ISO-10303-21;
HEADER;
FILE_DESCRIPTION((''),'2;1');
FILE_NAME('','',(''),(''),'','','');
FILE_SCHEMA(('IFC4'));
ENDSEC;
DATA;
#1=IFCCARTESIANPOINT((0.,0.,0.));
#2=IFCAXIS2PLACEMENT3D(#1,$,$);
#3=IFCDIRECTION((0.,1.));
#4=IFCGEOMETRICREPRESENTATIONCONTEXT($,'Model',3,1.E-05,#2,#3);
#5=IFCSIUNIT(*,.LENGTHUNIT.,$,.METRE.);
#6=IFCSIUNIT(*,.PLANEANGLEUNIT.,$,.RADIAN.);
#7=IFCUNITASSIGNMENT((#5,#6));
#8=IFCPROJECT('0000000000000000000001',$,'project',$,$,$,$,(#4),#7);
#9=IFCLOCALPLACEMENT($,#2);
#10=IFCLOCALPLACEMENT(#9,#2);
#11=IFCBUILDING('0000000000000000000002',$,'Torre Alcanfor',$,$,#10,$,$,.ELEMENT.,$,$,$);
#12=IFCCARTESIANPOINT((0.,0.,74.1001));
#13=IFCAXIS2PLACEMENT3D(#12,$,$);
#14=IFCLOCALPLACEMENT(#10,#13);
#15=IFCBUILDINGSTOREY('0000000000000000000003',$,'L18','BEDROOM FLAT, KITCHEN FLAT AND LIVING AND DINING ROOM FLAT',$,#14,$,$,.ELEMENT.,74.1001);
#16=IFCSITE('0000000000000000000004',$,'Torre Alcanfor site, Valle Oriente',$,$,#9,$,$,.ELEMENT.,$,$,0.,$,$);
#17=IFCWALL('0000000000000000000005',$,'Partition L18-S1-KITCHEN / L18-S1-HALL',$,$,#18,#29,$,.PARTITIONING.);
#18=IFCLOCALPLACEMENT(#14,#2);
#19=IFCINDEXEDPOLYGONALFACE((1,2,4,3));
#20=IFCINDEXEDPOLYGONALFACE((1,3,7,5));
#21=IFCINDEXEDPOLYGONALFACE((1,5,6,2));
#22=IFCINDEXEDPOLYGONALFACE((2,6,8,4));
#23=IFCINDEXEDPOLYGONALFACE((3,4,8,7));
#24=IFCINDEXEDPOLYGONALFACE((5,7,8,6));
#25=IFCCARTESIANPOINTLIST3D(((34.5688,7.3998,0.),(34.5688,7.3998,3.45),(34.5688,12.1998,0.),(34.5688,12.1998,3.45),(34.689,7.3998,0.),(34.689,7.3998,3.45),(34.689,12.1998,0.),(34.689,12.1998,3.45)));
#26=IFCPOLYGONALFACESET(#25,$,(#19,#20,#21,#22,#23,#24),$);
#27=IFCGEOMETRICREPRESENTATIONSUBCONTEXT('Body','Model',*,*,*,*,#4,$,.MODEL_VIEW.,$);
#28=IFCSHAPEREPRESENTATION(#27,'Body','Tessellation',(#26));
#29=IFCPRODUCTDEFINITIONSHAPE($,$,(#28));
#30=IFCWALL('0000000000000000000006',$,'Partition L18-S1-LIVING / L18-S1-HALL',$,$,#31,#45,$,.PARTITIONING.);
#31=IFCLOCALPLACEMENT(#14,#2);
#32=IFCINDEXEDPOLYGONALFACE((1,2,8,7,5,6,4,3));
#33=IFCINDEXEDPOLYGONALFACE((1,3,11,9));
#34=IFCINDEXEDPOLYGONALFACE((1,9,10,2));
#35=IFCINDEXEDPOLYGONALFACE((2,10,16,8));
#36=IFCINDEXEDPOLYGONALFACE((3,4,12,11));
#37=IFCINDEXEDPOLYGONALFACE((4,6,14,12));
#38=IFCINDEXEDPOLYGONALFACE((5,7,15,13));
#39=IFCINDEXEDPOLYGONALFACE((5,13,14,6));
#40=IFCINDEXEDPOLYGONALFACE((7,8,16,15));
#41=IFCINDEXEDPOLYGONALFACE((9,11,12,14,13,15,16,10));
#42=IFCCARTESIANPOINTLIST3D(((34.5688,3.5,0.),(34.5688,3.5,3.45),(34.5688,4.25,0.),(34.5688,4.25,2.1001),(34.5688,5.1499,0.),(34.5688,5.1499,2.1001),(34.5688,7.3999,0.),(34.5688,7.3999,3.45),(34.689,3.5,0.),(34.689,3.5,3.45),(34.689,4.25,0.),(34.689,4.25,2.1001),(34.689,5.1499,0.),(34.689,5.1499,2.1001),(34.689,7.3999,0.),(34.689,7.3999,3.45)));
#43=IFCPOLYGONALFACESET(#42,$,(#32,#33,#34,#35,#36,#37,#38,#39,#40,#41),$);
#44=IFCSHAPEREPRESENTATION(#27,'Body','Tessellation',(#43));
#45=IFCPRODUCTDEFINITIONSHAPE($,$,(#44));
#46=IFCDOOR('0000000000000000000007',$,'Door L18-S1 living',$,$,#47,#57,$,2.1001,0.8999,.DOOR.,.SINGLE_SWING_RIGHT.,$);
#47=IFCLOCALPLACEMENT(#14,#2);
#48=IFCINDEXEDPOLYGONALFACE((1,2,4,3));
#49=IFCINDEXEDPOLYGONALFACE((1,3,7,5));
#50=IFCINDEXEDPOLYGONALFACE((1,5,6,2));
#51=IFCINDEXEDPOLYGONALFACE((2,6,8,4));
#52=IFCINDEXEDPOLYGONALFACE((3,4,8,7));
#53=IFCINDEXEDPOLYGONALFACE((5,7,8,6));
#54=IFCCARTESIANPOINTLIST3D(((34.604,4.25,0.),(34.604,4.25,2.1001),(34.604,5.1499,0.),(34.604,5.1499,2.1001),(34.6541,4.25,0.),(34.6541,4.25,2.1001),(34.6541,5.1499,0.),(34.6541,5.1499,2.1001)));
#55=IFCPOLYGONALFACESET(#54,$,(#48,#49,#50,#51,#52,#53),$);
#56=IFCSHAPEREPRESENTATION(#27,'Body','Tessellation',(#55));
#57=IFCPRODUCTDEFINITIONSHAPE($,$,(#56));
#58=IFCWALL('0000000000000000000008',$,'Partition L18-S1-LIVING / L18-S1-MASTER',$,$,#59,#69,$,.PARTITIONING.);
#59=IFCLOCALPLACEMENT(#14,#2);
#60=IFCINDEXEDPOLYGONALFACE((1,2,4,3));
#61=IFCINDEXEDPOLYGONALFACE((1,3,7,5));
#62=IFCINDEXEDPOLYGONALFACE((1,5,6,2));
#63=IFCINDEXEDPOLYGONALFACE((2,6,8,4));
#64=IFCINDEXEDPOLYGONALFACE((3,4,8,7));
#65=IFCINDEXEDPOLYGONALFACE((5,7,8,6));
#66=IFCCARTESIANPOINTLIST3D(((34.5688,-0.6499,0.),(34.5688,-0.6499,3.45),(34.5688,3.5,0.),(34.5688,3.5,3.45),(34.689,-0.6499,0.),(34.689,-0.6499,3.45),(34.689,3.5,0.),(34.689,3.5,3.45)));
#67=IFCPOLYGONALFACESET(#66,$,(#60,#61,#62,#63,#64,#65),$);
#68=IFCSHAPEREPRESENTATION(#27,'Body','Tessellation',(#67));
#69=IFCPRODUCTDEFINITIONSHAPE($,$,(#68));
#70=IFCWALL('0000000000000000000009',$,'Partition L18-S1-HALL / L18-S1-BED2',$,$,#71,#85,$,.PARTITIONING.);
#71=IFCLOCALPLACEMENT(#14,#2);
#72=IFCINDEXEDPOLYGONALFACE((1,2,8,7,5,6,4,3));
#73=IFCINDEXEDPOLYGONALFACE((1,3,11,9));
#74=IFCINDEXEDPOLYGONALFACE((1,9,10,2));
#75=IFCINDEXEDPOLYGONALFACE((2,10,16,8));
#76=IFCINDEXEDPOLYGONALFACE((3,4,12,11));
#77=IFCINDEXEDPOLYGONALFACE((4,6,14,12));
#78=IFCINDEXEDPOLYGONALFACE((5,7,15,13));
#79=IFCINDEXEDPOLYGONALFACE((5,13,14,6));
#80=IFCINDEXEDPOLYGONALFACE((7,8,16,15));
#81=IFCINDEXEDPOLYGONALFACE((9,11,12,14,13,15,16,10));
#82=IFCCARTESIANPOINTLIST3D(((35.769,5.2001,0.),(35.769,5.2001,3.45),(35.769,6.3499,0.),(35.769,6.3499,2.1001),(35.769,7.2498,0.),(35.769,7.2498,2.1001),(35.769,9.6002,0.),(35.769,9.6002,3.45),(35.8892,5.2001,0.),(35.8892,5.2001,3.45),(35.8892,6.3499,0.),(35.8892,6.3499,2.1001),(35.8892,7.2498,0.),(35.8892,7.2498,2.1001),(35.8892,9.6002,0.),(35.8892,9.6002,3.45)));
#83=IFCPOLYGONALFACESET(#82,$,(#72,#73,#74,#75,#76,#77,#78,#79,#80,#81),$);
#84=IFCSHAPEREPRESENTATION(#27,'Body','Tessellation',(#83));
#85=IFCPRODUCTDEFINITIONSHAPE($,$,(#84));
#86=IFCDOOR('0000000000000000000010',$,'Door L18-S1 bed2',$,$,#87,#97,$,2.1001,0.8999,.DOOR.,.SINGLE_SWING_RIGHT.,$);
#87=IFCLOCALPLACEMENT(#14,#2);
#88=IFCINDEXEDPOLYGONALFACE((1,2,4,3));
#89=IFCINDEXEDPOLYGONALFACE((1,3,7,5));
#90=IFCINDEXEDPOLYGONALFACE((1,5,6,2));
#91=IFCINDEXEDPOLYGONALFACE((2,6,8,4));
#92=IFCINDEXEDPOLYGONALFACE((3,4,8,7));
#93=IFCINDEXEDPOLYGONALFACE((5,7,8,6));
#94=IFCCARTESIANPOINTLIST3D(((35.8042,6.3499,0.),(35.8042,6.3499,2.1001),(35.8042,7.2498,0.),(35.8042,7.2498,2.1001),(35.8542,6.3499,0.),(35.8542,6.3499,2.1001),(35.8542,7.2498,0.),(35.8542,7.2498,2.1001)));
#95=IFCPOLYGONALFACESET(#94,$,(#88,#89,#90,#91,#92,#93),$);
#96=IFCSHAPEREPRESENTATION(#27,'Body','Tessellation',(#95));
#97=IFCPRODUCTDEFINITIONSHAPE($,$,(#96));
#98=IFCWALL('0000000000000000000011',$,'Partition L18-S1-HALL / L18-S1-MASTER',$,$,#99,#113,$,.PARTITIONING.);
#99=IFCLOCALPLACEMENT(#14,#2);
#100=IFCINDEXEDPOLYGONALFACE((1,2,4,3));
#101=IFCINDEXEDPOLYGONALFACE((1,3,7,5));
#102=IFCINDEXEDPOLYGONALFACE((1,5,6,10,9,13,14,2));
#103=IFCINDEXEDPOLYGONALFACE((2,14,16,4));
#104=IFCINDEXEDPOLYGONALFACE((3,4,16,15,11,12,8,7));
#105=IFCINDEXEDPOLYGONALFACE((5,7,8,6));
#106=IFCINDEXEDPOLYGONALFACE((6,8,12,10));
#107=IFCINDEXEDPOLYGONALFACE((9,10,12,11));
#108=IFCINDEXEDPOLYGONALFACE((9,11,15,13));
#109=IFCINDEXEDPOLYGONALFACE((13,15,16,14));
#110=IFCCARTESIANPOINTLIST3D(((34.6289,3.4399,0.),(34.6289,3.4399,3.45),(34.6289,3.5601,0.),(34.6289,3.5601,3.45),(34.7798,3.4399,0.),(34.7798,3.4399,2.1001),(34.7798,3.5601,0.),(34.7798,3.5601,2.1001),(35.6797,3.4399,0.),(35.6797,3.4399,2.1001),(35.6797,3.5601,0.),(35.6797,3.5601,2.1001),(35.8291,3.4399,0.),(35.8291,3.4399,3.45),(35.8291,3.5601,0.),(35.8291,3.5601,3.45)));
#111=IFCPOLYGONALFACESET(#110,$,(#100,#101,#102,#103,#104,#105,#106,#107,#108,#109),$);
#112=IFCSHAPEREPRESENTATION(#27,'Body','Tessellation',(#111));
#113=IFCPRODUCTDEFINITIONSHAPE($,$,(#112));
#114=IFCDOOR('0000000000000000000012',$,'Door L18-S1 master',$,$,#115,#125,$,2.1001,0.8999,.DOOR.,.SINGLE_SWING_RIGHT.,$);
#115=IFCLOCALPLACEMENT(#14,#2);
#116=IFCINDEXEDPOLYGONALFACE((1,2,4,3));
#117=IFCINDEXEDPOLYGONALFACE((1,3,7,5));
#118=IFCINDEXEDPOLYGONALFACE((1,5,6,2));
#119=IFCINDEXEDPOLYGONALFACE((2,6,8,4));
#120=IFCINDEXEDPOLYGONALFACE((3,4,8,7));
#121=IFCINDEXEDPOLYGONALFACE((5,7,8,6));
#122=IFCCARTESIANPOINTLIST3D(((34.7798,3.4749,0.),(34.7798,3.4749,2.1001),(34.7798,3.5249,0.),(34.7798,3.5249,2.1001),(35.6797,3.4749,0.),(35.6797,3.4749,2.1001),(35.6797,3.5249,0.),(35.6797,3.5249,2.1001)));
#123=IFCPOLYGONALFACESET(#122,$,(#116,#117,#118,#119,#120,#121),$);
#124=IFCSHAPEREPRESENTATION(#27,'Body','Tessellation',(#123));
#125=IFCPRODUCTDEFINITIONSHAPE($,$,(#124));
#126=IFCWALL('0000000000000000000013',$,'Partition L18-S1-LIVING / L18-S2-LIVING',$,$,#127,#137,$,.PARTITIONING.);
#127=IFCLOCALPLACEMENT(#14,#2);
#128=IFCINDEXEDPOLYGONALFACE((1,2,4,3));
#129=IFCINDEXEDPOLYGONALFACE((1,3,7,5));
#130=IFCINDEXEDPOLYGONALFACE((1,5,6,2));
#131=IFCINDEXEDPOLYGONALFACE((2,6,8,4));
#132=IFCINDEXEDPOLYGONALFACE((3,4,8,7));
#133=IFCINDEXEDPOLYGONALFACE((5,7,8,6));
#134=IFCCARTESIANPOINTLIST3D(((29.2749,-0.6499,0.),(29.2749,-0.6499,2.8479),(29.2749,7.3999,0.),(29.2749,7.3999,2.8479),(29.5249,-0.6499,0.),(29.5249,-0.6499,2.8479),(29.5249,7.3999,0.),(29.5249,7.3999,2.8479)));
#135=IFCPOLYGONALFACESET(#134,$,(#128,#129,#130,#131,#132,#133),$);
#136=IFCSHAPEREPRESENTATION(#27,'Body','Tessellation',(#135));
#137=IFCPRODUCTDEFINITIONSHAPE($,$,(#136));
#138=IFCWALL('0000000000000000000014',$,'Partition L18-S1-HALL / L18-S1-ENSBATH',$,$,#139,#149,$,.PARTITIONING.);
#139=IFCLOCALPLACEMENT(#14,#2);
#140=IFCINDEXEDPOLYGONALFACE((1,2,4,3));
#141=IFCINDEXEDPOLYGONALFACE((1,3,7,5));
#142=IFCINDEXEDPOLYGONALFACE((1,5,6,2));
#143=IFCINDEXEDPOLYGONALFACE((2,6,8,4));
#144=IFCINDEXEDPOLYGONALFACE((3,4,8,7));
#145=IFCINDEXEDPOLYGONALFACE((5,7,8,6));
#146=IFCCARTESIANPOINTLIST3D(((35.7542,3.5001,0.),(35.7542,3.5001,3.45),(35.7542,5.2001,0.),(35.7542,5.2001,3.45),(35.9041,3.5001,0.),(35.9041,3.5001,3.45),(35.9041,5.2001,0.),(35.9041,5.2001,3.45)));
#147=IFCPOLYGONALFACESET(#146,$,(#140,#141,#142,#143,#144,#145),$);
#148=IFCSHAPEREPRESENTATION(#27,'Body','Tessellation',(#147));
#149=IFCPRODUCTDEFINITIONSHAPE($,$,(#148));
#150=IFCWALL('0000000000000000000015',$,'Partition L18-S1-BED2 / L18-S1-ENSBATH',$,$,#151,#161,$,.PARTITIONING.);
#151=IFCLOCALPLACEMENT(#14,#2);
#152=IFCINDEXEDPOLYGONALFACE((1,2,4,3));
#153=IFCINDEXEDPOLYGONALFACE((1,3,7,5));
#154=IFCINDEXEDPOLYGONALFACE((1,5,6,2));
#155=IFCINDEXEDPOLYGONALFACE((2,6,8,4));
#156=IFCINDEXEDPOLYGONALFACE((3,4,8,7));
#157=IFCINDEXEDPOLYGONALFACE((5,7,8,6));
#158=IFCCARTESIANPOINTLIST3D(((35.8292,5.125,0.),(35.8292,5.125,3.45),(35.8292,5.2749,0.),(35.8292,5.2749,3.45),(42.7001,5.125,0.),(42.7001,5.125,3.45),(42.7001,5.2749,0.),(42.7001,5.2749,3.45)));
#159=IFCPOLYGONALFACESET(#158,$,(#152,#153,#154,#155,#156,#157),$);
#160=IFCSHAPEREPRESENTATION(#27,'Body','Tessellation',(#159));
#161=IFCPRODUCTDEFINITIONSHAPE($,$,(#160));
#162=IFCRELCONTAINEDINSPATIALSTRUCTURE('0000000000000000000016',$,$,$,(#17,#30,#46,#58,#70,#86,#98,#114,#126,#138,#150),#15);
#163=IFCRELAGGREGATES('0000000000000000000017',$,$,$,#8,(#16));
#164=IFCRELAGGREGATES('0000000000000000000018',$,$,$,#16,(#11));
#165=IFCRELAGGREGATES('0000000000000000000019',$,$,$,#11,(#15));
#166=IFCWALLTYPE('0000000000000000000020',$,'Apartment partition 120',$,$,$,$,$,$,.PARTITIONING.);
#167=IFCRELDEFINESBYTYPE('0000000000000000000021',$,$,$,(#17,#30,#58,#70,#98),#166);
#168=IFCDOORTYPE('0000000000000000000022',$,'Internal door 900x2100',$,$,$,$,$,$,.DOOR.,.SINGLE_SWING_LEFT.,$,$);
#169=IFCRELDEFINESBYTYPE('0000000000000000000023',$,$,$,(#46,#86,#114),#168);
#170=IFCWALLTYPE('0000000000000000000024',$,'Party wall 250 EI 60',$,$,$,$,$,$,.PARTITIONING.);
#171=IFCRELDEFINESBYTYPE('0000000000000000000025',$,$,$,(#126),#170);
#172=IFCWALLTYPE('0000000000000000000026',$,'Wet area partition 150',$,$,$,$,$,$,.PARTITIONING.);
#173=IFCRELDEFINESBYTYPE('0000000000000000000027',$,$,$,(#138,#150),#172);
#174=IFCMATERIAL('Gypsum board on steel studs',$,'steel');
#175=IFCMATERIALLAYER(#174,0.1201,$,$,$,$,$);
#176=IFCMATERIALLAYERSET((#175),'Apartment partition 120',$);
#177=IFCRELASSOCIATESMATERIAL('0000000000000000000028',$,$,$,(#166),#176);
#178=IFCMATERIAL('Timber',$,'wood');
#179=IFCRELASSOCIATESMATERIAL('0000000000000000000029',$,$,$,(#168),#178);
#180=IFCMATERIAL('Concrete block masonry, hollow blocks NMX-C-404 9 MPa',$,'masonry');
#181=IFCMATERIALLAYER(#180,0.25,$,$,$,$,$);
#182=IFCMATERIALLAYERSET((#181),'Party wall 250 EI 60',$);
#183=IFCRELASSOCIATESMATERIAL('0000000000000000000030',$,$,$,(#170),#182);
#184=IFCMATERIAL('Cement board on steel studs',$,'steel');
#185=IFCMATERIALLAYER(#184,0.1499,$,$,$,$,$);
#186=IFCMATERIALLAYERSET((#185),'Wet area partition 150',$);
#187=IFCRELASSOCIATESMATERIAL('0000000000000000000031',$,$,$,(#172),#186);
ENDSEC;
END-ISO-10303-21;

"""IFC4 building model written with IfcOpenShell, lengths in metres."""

from ifc_helpers import new_model, si_unit, direction, frame, frame_2d, origin, place, context, subcontext, project, spatial, rectangle, extrude, material, layer, layer_set, type_object, element, fill, save


model = new_model("IFC4")

# Units and contexts
model_context = context("Model", 3, precision=1e-05, world=origin(), true_north=direction((0.0, 1.0)))
body_context = subcontext(model_context, "Body", "Model", "MODEL_VIEW")
ifc_project = project(units=[si_unit("LENGTHUNIT", "METRE"), si_unit("PLANEANGLEUNIT", "RADIAN")], contexts=[model_context])

# Site, building, storey
site_placement = place(None, origin())
site = spatial("IfcSite", under=ifc_project, at=site_placement, Name="Torre Alcanfor site, Valle Oriente", CompositionType="ELEMENT", RefElevation=0.0)
building_placement = place(site_placement, origin())
building = spatial("IfcBuilding", under=site, at=building_placement, Name="Torre Alcanfor", CompositionType="ELEMENT")
storey_placement = place(building_placement, frame((0.0, 0.0, 74.1001)))
storey = spatial("IfcBuildingStorey", under=building, at=storey_placement, Name="L18", Description="BEDROOM FLAT, KITCHEN FLAT AND LIVING AND DINING ROOM FLAT", CompositionType="ELEMENT", Elevation=74.1001)

# Wall
ifc_material_1 = material(Name="Gypsum board on steel studs", Category="steel")
ifc_layer_1 = layer(ifc_material_1, 0.1201)
ifc_layer_set_1 = layer_set([ifc_layer_1], Name="Apartment partition 120")
wall_type_1 = type_object("IfcWallType", Name="Apartment partition 120", PredefinedType="PARTITIONING", material=ifc_layer_set_1)
wall_1_placement = place(storey_placement, frame((34.6289, 7.3999, 0.0), z_axis=(0.0, 0.0, 1.0), x_axis=(0.0, 1.0, 0.0)))
element("IfcWall", 1, at=wall_1_placement, inside=storey, type_object=wall_type_1, Name="Partition L18-S1-KITCHEN / L18-S1-HALL", PredefinedType="PARTITIONING", context=body_context, shape_type="SweptSolid", body=[
    extrude(rectangle(XDim=4.8, YDim=0.1201, at=frame_2d((2.3999, 0.0))), origin(), (0.0, 0.0, 1.0), 3.45),
])

# Wall, opening, door
wall_2_placement = place(storey_placement, frame((34.6289, 3.5, 0.0), z_axis=(0.0, 0.0, 1.0), x_axis=(0.0, 1.0, 0.0)))
wall_2 = element("IfcWall", 2, at=wall_2_placement, inside=storey, type_object=wall_type_1, Name="Partition L18-S1-LIVING / L18-S1-HALL", PredefinedType="PARTITIONING", context=body_context, shape_type="SweptSolid", body=[
    extrude(rectangle(XDim=3.8999, YDim=0.1201, at=frame_2d((1.95, 0.0))), origin(), (0.0, 0.0, 1.0), 3.45),
])
opening_1_placement = place(wall_2_placement, frame((0.75, 0.0, 0.0)))
opening_1 = element("IfcOpeningElement", 3, at=opening_1_placement, cuts=wall_2, PredefinedType="OPENING", context=body_context, shape_type="SweptSolid", body=[
    extrude(rectangle(XDim=0.8999, YDim=2.1001, at=frame_2d((0.45, 1.05))), frame((0.0, 0.0701, 0.0), z_axis=(0.0, -1.0, 0.0), x_axis=(1.0, 0.0, 0.0)), (0.0, 0.0, 1.0), 0.1401),
])
ifc_material_2 = material(Name="Timber", Category="wood")
door_type_1 = type_object("IfcDoorType", Name="Internal door 900x2100", OperationType="SINGLE_SWING_LEFT", PredefinedType="DOOR", material=ifc_material_2)
door_1_placement = place(opening_1_placement, origin())
door_1 = element("IfcDoor", 4, at=door_1_placement, inside=storey, type_object=door_type_1, Name="Door L18-S1 living", OperationType="SINGLE_SWING_RIGHT", OverallHeight=2.1001, OverallWidth=0.8999, PredefinedType="DOOR", context=body_context, shape_type="SweptSolid", body=[
    extrude(rectangle(XDim=0.8999, YDim=2.1001, at=frame_2d((0.45, 1.05))), frame((0.0, 0.0249, 0.0), z_axis=(0.0, -1.0, 0.0), x_axis=(1.0, 0.0, 0.0)), (0.0, 0.0, 1.0), 0.05),
])
fill(opening_1, door_1)

# Wall
wall_3_placement = place(storey_placement, frame((34.6289, -0.6499, 0.0), z_axis=(0.0, 0.0, 1.0), x_axis=(0.0, 1.0, 0.0)))
element("IfcWall", 5, at=wall_3_placement, inside=storey, type_object=wall_type_1, Name="Partition L18-S1-LIVING / L18-S1-MASTER", PredefinedType="PARTITIONING", context=body_context, shape_type="SweptSolid", body=[
    extrude(rectangle(XDim=4.1499, YDim=0.1201, at=frame_2d((2.075, 0.0))), origin(), (0.0, 0.0, 1.0), 3.45),
])

# Walls, openings, doors
wall_4_placement = place(storey_placement, frame((35.8291, 5.2, 0.0), z_axis=(0.0, 0.0, 1.0), x_axis=(0.0, 1.0, 0.0)))
wall_4 = element("IfcWall", 6, at=wall_4_placement, inside=storey, type_object=wall_type_1, Name="Partition L18-S1-HALL / L18-S1-BED2", PredefinedType="PARTITIONING", context=body_context, shape_type="SweptSolid", body=[
    extrude(rectangle(XDim=4.4001, YDim=0.1201, at=frame_2d((2.2002, 0.0))), origin(), (0.0, 0.0, 1.0), 3.45),
])
opening_2_placement = place(wall_4_placement, frame((1.1499, 0.0, 0.0)))
opening_2 = element("IfcOpeningElement", 7, at=opening_2_placement, cuts=wall_4, PredefinedType="OPENING", context=body_context, shape_type="SweptSolid", body=[
    extrude(rectangle(XDim=0.8999, YDim=2.1001, at=frame_2d((0.45, 1.05))), frame((0.0, 0.0701, 0.0), z_axis=(0.0, -1.0, 0.0), x_axis=(1.0, 0.0, 0.0)), (0.0, 0.0, 1.0), 0.1401),
])
door_2_placement = place(opening_2_placement, frame((0.8999, 0.0, 0.0), z_axis=(0.0, 0.0, 1.0), x_axis=(-1.0, 0.0, 0.0)))
door_2 = element("IfcDoor", 8, at=door_2_placement, inside=storey, type_object=door_type_1, Name="Door L18-S1 bed2", OperationType="SINGLE_SWING_RIGHT", OverallHeight=2.1001, OverallWidth=0.8999, PredefinedType="DOOR", context=body_context, shape_type="SweptSolid", body=[
    extrude(rectangle(XDim=0.8999, YDim=2.1001, at=frame_2d((0.45, 1.05))), frame((0.0, 0.0251, 0.0), z_axis=(0.0, -1.0, 0.0), x_axis=(1.0, 0.0, 0.0)), (0.0, 0.0, 1.0), 0.05),
])
fill(opening_2, door_2)
wall_5_placement = place(storey_placement, frame((34.6289, 3.5, 0.0), z_axis=(0.0, 0.0, 1.0), x_axis=(1.0, 0.0, 0.0)))
wall_5 = element("IfcWall", 9, at=wall_5_placement, inside=storey, type_object=wall_type_1, Name="Partition L18-S1-HALL / L18-S1-MASTER", PredefinedType="PARTITIONING", context=body_context, shape_type="SweptSolid", body=[
    extrude(rectangle(XDim=1.2002, YDim=0.1201, at=frame_2d((0.6001, 0.0))), origin(), (0.0, 0.0, 1.0), 3.45),
])
opening_3_placement = place(wall_5_placement, frame((0.1509, 0.0, 0.0)))
opening_3 = element("IfcOpeningElement", 10, at=opening_3_placement, cuts=wall_5, PredefinedType="OPENING", context=body_context, shape_type="SweptSolid", body=[
    extrude(rectangle(XDim=0.8999, YDim=2.1001, at=frame_2d((0.45, 1.05))), frame((0.0, 0.0701, 0.0), z_axis=(0.0, -1.0, 0.0), x_axis=(1.0, 0.0, 0.0)), (0.0, 0.0, 1.0), 0.1401),
])
door_3_placement = place(opening_3_placement, frame((0.8999, 0.0, 0.0), z_axis=(0.0, 0.0, 1.0), x_axis=(-1.0, 0.0, 0.0)))
door_3 = element("IfcDoor", 11, at=door_3_placement, inside=storey, type_object=door_type_1, Name="Door L18-S1 master", OperationType="SINGLE_SWING_RIGHT", OverallHeight=2.1001, OverallWidth=0.8999, PredefinedType="DOOR", context=body_context, shape_type="SweptSolid", body=[
    extrude(rectangle(XDim=0.8999, YDim=2.1001, at=frame_2d((0.45, 1.05))), frame((0.0, 0.0251, 0.0), z_axis=(0.0, -1.0, 0.0), x_axis=(1.0, 0.0, 0.0)), (0.0, 0.0, 1.0), 0.05),
])
fill(opening_3, door_3)

# Walls
ifc_material_3 = material(Name="Concrete block masonry, hollow blocks NMX-C-404 9 MPa", Category="masonry")
ifc_layer_2 = layer(ifc_material_3, 0.25)
ifc_layer_set_2 = layer_set([ifc_layer_2], Name="Party wall 250 EI 60")
wall_type_2 = type_object("IfcWallType", Name="Party wall 250 EI 60", PredefinedType="PARTITIONING", material=ifc_layer_set_2)
wall_6_placement = place(storey_placement, frame((29.3999, 7.3999, 0.0), z_axis=(0.0, 0.0, 1.0), x_axis=(0.0, -1.0, 0.0)))
element("IfcWall", 12, at=wall_6_placement, inside=storey, type_object=wall_type_2, Name="Partition L18-S1-LIVING / L18-S2-LIVING", PredefinedType="PARTITIONING", context=body_context, shape_type="SweptSolid", body=[
    extrude(rectangle(XDim=8.0498, YDim=0.25, at=frame_2d((4.0249, 0.0))), origin(), (0.0, 0.0, 1.0), 2.8479),
])
ifc_material_4 = material(Name="Cement board on steel studs", Category="steel")
ifc_layer_3 = layer(ifc_material_4, 0.1499)
ifc_layer_set_3 = layer_set([ifc_layer_3], Name="Wet area partition 150")
wall_type_3 = type_object("IfcWallType", Name="Wet area partition 150", PredefinedType="PARTITIONING", material=ifc_layer_set_3)
wall_7_placement = place(storey_placement, frame((35.8291, 3.5, 0.0), z_axis=(0.0, 0.0, 1.0), x_axis=(0.0, 1.0, 0.0)))
element("IfcWall", 13, at=wall_7_placement, inside=storey, type_object=wall_type_3, Name="Partition L18-S1-HALL / L18-S1-ENSBATH", PredefinedType="PARTITIONING", context=body_context, shape_type="SweptSolid", body=[
    extrude(rectangle(XDim=1.7, YDim=0.1499, at=frame_2d((0.8501, 0.0))), origin(), (0.0, 0.0, 1.0), 3.45),
])
wall_8_placement = place(storey_placement, frame((35.8291, 5.2, 0.0), z_axis=(0.0, 0.0, 1.0), x_axis=(1.0, 0.0, 0.0)))
element("IfcWall", 14, at=wall_8_placement, inside=storey, type_object=wall_type_3, Name="Partition L18-S1-BED2 / L18-S1-ENSBATH", PredefinedType="PARTITIONING", context=body_context, shape_type="SweptSolid", body=[
    extrude(rectangle(XDim=6.8708, YDim=0.1499, at=frame_2d((3.4355, 0.0))), origin(), (0.0, 0.0, 1.0), 3.45),
])

save(model, "model.ifc")
